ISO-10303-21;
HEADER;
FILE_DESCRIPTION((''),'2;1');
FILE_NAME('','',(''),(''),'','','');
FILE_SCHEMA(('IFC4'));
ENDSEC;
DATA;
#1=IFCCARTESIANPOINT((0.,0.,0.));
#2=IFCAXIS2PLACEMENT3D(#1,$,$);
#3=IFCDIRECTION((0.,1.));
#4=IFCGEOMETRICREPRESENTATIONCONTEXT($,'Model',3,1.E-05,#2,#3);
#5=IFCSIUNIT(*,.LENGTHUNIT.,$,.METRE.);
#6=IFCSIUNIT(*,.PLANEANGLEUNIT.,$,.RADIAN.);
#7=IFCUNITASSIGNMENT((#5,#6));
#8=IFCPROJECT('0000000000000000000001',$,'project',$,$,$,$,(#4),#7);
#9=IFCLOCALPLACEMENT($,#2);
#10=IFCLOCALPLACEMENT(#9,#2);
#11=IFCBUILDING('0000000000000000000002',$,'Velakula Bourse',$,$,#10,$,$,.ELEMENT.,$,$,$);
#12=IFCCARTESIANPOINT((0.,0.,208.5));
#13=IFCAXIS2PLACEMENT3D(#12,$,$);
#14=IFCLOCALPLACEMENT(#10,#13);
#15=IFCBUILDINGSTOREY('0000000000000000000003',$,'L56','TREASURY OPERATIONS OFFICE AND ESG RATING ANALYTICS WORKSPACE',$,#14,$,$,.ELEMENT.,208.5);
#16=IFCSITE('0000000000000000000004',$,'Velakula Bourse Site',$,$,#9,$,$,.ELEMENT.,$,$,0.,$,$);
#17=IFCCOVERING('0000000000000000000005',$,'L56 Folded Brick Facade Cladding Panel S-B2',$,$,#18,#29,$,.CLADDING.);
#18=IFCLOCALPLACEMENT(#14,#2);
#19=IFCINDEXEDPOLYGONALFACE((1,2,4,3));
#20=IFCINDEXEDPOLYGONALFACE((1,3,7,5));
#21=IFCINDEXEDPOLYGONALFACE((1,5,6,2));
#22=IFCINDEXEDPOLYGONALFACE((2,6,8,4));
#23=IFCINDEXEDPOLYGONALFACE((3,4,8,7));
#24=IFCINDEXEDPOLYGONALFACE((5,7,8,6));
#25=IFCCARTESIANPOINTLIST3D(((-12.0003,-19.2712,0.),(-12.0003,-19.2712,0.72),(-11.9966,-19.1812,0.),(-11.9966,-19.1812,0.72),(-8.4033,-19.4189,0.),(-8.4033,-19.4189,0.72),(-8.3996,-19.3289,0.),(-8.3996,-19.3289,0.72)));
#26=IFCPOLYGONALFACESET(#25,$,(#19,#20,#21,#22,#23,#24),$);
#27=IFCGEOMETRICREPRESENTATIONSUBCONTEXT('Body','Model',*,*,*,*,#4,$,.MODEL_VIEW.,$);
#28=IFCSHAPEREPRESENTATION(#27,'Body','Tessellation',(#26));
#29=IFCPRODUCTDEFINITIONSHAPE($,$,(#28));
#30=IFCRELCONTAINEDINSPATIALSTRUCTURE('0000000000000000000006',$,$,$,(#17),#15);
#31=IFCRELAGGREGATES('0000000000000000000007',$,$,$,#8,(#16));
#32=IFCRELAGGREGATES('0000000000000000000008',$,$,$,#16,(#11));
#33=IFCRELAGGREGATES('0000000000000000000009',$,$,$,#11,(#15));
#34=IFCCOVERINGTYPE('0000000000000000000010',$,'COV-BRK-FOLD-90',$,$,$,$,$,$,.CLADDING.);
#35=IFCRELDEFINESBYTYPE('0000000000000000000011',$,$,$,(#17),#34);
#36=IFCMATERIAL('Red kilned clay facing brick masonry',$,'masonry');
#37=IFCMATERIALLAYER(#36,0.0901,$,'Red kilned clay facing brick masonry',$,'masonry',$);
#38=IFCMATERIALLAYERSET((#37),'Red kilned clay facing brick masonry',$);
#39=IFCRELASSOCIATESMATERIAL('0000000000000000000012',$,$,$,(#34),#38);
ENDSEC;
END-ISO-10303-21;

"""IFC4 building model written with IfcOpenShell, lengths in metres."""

from ifc_helpers import new_model, si_unit, direction, frame, origin, origin_2d, place, context, subcontext, project, spatial, rectangle, extrude, material, layer, layer_set, type_object, element, save


model = new_model("IFC4")

# Units and contexts
model_context = context("Model", 3, precision=1e-05, world=origin(), true_north=direction((0.0, 1.0)))
body_context = subcontext(model_context, "Body", "Model", "MODEL_VIEW")
ifc_project = project(units=[si_unit("LENGTHUNIT", "METRE"), si_unit("PLANEANGLEUNIT", "RADIAN")], contexts=[model_context])

# Site, building, storey
site_placement = place(None, origin())
site = spatial("IfcSite", under=ifc_project, at=site_placement, Name="Velakula Bourse Site", CompositionType="ELEMENT", RefElevation=0.0)
building_placement = place(site_placement, origin())
building = spatial("IfcBuilding", under=site, at=building_placement, Name="Velakula Bourse", CompositionType="ELEMENT")
storey_placement = place(building_placement, frame((0.0, 0.0, 208.5)))
storey = spatial("IfcBuildingStorey", under=building, at=storey_placement, Name="L56", Description="TREASURY OPERATIONS OFFICE AND ESG RATING ANALYTICS WORKSPACE", CompositionType="ELEMENT", Elevation=208.5)

# Covering
ifc_material_1 = material(Name="Red kilned clay facing brick masonry", Category="masonry")
ifc_layer_1 = layer(ifc_material_1, 0.0901, Name="Red kilned clay facing brick masonry", Category="masonry")
ifc_layer_set_1 = layer_set([ifc_layer_1], Name="Red kilned clay facing brick masonry")
covering_type = type_object("IfcCoveringType", Name="COV-BRK-FOLD-90", PredefinedType="CLADDING", material=ifc_layer_set_1)
covering_placement = place(storey_placement, frame((-10.2, -19.3, 0.0), z_axis=(0.0, 0.0, 1.0), x_axis=(0.999159, -0.041004, 0.0)))
element("IfcCovering", 1, at=covering_placement, inside=storey, type_object=covering_type, Name="L56 Folded Brick Facade Cladding Panel S-B2", PredefinedType="CLADDING", context=body_context, shape_type="SweptSolid", body=[
    extrude(rectangle(XDim=3.6001, YDim=0.0901, at=origin_2d()), origin(), (0.0, 0.0, 1.0), 0.72),
])

save(model, "model.ifc")
